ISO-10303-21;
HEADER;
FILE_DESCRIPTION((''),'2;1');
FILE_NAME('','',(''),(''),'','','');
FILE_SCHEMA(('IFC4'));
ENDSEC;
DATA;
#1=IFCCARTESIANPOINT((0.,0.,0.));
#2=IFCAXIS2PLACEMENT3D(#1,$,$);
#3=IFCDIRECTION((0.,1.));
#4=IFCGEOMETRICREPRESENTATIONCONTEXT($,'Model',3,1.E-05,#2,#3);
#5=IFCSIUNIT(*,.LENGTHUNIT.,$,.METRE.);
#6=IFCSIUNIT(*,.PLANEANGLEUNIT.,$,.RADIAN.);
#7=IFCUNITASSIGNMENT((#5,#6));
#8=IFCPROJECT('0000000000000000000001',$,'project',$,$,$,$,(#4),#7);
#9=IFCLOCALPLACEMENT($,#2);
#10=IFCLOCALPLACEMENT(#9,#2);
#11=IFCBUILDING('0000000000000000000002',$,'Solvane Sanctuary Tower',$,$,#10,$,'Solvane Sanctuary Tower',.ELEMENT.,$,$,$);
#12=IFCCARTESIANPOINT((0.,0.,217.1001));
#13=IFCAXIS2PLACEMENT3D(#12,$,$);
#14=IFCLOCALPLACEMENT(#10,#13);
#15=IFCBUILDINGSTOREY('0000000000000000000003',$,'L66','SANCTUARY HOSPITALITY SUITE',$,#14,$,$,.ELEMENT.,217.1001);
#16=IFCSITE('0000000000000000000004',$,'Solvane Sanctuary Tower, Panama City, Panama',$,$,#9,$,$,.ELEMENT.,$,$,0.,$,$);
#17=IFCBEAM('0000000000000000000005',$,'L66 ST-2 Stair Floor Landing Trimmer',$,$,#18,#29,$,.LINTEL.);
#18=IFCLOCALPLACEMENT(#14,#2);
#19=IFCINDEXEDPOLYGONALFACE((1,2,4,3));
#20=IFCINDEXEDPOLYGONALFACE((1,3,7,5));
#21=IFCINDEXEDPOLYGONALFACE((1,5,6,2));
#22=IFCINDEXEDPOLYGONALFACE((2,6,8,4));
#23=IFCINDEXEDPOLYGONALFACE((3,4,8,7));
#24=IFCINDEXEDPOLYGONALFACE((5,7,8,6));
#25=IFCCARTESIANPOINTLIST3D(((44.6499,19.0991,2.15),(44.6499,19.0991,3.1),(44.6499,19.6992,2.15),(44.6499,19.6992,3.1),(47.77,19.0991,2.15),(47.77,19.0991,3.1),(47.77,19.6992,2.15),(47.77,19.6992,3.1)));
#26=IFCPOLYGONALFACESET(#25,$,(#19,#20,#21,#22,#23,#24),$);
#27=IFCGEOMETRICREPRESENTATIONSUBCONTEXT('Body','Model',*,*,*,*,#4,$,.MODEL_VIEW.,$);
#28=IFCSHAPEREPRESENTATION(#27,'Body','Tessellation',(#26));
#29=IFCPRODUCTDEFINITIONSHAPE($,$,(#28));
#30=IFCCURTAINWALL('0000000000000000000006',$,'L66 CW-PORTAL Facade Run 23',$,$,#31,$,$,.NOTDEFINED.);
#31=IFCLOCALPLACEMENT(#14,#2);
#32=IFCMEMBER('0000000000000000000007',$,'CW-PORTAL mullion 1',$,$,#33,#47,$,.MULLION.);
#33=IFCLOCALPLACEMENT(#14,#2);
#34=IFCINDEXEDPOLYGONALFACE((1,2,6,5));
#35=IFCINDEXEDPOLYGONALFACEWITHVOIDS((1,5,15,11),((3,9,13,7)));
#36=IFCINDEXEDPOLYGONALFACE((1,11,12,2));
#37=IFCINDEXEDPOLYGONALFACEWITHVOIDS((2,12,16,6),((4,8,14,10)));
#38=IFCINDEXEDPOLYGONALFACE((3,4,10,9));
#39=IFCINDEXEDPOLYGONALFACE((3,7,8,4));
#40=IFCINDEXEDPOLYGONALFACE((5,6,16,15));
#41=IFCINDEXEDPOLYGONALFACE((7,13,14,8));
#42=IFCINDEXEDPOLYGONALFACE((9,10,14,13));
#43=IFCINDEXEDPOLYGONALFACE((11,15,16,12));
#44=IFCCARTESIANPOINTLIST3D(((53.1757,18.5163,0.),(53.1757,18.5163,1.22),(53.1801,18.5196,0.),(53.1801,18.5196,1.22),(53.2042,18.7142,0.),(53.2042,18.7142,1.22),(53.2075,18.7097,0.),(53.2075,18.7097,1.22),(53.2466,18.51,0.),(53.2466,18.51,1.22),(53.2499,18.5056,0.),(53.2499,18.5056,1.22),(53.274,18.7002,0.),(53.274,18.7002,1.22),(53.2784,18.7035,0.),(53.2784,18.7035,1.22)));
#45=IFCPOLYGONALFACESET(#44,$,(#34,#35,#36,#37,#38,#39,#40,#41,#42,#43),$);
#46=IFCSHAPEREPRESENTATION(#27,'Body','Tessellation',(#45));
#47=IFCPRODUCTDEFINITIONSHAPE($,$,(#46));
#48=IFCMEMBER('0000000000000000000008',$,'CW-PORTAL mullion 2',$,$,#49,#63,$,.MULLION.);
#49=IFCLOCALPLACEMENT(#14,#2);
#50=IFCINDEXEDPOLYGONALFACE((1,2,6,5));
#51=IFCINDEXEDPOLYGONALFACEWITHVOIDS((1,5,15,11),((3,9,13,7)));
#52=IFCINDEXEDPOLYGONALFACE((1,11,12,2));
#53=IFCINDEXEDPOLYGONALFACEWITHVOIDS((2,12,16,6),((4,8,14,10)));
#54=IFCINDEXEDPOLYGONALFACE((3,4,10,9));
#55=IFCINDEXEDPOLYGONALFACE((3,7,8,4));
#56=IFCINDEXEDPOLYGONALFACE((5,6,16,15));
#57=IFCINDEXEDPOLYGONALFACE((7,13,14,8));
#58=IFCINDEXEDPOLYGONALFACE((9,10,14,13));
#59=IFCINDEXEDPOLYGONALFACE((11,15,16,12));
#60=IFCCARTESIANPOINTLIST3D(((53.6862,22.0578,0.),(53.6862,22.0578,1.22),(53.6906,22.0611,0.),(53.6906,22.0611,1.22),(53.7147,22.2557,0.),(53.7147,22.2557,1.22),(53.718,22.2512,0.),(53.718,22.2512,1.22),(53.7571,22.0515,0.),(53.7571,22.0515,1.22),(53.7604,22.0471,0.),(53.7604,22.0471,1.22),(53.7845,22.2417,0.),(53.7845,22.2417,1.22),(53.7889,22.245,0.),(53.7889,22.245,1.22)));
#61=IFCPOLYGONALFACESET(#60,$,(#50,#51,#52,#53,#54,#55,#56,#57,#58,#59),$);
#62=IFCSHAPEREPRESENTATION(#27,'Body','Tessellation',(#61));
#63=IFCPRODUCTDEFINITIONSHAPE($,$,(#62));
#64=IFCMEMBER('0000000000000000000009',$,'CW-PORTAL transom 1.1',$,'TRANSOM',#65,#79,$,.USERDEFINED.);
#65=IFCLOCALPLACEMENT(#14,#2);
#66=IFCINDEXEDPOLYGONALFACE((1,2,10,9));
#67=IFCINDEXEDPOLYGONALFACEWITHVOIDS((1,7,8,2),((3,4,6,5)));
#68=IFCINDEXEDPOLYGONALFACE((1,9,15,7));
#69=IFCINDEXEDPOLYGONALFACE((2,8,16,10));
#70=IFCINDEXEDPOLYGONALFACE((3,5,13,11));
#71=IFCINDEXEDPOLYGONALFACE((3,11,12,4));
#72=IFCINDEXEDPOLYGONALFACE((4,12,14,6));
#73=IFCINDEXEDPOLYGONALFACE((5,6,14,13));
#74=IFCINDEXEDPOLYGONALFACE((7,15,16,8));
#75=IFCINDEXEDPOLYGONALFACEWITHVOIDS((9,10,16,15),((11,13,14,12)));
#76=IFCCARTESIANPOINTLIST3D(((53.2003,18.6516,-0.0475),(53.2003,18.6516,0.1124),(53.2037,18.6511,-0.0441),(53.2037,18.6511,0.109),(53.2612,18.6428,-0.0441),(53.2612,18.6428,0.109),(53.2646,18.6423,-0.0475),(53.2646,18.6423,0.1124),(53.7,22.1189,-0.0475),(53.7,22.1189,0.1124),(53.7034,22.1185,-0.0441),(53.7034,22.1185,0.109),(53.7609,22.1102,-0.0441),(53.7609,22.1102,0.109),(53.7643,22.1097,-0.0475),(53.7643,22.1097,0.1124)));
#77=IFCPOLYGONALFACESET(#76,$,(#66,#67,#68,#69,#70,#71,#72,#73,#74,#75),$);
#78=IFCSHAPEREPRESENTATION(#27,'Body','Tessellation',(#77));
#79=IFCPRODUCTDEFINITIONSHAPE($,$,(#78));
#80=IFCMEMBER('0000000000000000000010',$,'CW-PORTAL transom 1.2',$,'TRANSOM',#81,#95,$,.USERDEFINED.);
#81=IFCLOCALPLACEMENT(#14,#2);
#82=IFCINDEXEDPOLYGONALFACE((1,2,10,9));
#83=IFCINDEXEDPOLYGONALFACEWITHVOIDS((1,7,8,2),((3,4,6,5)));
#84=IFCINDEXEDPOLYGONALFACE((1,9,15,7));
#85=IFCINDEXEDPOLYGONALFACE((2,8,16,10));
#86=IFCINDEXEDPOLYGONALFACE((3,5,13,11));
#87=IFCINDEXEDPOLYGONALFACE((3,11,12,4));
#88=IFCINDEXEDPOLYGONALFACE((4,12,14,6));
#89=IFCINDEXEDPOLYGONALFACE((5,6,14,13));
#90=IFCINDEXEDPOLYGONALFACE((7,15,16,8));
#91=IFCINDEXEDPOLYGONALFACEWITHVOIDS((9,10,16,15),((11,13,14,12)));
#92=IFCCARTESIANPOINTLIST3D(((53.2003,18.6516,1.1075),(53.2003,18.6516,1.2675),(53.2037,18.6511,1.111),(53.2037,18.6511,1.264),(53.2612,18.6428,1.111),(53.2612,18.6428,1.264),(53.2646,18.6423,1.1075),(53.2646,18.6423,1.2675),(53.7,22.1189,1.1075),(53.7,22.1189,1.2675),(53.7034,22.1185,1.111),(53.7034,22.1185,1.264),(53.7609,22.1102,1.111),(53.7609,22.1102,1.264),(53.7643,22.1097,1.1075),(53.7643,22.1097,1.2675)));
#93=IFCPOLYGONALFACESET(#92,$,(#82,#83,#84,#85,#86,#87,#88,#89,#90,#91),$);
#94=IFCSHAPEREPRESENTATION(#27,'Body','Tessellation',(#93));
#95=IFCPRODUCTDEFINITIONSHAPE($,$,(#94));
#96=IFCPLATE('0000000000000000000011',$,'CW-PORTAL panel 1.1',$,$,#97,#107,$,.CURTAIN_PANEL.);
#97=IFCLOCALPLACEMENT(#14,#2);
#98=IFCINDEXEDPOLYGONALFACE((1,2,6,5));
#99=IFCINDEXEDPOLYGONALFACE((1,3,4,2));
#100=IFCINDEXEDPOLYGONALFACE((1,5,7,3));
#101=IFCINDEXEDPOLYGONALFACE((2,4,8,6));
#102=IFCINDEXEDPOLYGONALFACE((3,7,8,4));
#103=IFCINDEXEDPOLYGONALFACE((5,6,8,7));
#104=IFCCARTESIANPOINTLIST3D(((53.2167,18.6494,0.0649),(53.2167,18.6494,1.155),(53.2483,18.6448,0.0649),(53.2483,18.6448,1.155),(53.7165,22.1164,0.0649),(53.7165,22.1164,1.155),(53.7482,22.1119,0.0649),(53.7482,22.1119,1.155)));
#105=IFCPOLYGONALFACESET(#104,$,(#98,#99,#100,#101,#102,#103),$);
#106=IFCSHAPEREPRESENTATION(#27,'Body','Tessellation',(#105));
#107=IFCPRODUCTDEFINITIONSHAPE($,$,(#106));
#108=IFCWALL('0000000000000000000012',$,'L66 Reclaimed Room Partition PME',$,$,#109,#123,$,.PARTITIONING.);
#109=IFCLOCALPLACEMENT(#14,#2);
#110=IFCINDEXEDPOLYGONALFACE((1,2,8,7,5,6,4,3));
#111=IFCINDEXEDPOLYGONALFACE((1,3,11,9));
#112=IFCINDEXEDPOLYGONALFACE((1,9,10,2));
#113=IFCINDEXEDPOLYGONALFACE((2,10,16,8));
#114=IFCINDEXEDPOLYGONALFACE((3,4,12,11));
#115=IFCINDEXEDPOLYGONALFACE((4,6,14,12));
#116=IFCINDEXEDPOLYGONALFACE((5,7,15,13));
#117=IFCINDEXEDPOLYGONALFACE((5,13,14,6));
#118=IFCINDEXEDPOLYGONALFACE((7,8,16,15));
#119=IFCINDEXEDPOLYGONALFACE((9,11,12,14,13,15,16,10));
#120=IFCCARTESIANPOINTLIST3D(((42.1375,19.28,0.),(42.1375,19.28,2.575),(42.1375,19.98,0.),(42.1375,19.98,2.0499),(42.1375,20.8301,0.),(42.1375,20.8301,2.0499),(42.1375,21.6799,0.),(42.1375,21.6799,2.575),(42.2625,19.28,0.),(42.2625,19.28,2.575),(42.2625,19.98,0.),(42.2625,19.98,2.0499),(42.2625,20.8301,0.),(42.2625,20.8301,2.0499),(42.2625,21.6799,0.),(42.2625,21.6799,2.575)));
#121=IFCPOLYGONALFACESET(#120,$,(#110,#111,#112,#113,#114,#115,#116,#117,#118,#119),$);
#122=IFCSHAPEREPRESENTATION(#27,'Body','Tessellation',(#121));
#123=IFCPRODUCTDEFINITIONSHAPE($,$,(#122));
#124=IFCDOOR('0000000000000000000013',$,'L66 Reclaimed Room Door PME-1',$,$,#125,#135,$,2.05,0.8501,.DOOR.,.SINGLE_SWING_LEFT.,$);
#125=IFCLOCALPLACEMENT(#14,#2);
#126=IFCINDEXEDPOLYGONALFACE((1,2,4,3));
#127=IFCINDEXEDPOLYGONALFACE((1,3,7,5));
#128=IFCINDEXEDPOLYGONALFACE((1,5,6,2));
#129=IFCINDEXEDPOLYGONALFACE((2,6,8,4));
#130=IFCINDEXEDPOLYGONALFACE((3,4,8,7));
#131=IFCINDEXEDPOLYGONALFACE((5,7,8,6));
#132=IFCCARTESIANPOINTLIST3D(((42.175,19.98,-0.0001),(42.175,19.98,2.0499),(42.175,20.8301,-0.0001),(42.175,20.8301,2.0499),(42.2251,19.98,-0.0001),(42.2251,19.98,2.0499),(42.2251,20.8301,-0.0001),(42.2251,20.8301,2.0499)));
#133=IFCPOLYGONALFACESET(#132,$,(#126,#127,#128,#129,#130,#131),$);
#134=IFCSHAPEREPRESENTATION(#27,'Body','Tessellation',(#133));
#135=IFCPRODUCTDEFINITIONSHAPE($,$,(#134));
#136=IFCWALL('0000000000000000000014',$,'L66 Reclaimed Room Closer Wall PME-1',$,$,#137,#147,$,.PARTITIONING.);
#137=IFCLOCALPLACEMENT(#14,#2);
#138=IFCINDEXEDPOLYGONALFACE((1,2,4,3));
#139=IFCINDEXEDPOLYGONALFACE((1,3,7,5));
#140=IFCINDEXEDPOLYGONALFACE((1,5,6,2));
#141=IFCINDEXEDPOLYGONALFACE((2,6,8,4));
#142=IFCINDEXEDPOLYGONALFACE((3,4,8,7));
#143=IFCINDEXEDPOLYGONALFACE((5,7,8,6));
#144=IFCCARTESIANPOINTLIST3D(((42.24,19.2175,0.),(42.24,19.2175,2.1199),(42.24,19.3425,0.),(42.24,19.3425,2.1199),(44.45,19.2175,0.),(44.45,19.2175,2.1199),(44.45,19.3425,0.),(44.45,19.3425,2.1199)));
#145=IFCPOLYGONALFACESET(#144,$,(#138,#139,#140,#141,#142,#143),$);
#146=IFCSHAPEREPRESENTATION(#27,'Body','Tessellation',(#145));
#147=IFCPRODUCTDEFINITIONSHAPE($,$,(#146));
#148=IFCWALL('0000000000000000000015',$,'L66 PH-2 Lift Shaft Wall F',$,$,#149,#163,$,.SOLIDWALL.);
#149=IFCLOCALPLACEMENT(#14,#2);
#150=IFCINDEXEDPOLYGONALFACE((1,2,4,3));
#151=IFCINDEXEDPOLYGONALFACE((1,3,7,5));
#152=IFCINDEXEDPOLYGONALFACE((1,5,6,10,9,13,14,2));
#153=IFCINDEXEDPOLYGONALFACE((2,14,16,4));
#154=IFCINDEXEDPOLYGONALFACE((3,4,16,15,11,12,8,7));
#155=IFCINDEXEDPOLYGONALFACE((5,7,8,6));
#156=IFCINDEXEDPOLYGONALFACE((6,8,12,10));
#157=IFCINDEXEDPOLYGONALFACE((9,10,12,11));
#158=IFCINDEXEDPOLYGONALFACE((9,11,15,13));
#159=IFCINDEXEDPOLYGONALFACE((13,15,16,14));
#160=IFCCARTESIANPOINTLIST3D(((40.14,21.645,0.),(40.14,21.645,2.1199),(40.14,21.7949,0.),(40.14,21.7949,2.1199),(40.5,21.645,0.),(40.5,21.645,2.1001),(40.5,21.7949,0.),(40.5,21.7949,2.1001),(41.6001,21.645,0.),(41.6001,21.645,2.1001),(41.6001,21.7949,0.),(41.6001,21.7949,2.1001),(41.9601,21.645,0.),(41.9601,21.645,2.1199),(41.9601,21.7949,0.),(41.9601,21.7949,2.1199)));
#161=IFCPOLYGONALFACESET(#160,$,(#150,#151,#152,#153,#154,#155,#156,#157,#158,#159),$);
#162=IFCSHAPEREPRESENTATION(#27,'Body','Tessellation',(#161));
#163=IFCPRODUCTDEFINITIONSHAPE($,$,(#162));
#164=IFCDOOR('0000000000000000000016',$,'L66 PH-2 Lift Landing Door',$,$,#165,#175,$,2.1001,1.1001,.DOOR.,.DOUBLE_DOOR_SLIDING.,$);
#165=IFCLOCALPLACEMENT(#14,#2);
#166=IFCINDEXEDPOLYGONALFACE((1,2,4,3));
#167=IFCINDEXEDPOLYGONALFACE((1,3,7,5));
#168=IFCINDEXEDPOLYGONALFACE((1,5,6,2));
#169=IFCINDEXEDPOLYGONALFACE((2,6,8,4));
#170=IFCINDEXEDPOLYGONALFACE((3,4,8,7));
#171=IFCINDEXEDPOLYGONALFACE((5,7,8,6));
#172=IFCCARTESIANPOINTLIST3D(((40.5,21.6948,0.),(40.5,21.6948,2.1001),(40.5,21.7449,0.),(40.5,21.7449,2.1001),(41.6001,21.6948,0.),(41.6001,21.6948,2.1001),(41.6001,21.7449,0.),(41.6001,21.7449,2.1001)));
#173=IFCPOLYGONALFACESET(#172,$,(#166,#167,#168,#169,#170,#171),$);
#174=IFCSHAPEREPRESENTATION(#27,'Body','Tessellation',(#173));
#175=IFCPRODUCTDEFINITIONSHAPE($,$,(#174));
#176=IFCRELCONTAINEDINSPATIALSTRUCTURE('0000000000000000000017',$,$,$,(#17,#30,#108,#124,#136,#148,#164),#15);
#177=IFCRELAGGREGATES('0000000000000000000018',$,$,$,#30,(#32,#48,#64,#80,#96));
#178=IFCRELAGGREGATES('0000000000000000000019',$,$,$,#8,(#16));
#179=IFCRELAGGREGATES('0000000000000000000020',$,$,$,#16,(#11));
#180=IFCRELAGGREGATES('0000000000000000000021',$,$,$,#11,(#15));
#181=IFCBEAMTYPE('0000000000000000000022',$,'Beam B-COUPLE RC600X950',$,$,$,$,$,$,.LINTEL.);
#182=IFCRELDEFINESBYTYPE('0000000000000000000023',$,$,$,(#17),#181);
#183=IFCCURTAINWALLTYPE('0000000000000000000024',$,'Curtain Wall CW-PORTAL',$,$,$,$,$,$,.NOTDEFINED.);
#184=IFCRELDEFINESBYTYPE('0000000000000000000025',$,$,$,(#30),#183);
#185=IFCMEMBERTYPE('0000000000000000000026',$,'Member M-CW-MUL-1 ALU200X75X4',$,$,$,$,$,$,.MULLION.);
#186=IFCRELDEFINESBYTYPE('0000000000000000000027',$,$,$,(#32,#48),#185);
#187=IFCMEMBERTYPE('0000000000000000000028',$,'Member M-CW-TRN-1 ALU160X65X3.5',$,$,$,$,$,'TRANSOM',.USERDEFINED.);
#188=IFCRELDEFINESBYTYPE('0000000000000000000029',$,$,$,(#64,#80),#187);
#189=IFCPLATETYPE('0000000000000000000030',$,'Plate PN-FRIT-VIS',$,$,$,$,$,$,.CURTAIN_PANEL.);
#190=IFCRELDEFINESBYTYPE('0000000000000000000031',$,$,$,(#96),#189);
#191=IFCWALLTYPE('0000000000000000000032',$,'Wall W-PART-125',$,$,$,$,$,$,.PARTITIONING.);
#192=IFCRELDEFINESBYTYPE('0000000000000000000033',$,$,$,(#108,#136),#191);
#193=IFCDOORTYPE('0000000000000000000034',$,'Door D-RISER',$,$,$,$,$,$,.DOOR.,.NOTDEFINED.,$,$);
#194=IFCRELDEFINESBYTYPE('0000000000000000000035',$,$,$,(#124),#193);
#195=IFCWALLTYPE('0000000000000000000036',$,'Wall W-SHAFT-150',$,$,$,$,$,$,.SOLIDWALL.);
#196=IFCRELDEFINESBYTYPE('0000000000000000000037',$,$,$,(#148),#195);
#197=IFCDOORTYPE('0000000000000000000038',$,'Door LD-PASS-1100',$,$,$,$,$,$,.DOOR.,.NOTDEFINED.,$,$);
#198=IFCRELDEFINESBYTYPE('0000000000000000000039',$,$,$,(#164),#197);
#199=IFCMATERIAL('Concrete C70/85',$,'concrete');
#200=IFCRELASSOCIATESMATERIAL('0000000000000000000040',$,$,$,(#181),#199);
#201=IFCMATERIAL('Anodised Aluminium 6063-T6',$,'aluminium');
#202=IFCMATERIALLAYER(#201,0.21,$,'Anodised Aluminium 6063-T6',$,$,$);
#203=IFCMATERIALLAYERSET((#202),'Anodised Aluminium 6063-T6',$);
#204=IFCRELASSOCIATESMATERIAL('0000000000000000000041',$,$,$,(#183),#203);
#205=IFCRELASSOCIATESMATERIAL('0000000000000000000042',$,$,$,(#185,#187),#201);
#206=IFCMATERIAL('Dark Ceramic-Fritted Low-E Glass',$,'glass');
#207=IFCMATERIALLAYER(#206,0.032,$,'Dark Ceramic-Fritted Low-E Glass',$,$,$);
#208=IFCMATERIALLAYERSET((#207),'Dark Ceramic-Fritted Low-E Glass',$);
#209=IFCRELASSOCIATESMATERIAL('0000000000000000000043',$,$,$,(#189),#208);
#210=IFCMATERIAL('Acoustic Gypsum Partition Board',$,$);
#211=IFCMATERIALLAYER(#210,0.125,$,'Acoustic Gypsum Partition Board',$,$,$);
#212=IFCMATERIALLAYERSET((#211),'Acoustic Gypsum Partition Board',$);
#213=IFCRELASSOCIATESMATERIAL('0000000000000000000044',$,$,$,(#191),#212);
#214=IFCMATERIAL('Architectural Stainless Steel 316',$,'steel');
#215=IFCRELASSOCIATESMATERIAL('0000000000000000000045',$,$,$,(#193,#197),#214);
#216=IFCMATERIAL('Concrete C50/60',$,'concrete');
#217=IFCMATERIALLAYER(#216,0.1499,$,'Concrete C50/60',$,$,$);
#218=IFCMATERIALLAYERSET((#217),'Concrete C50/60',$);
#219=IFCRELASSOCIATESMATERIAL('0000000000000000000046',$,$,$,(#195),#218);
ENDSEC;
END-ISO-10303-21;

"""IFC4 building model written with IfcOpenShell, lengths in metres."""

from ifc_helpers import new_model, si_unit, direction, frame, frame_2d, origin, origin_2d, place, context, subcontext, project, spatial, rectangle, hollow_rectangle, extrude, material, layer, layer_set, material_profile, profile_set, type_object, element, fill, aggregate, save


model = new_model("IFC4")

# Units and contexts
model_context = context("Model", 3, precision=1e-05, world=origin(), true_north=direction((0.0, 1.0)))
body_context = subcontext(model_context, "Body", "Model", "MODEL_VIEW")
ifc_project = project(units=[si_unit("LENGTHUNIT", "METRE"), si_unit("PLANEANGLEUNIT", "RADIAN")], contexts=[model_context])

# Site, building, storey
site_placement = place(None, origin())
site = spatial("IfcSite", under=ifc_project, at=site_placement, Name="Solvane Sanctuary Tower, Panama City, Panama", CompositionType="ELEMENT", RefElevation=0.0)
building_placement = place(site_placement, origin())
building = spatial("IfcBuilding", under=site, at=building_placement, Name="Solvane Sanctuary Tower", LongName="Solvane Sanctuary Tower", CompositionType="ELEMENT")
storey_placement = place(building_placement, frame((0.0, 0.0, 217.1001)))
storey = spatial("IfcBuildingStorey", under=building, at=storey_placement, Name="L66", Description="SANCTUARY HOSPITALITY SUITE", CompositionType="ELEMENT", Elevation=217.1001)

# Beam
ifc_material_1 = material(Name="Concrete C70/85", Category="concrete")
ifc_material_profile_1 = material_profile(ifc_material_1, rectangle(XDim=0.6001, YDim=0.95, at=origin_2d()), Name="RC600X950")
ifc_profile_set_1 = profile_set([ifc_material_profile_1], Name="Concrete C70/85")
beam_type = type_object("IfcBeamType", Name="Beam B-COUPLE RC600X950", PredefinedType="LINTEL", material=ifc_profile_set_1)
beam_placement = place(storey_placement, frame((44.6499, 19.3992, 2.625), z_axis=(1.0, 0.0, 0.0), x_axis=(0.0, 1.0, 0.0)))
element("IfcBeam", 1, at=beam_placement, inside=storey, type_object=beam_type, Name="L66 ST-2 Stair Floor Landing Trimmer", PredefinedType="LINTEL", context=body_context, shape_type="SweptSolid", body=[
    extrude(rectangle(XDim=0.6001, YDim=0.95, at=origin_2d()), origin(), (0.0, 0.0, 1.0), 3.1201),
])

# Curtain wall, members, plate
ifc_material_2 = material(Name="Anodised Aluminium 6063-T6", Category="aluminium")
ifc_layer_1 = layer(ifc_material_2, 0.21, Name="Anodised Aluminium 6063-T6")
ifc_layer_set_1 = layer_set([ifc_layer_1], Name="Anodised Aluminium 6063-T6")
curtain_wall_type = type_object("IfcCurtainWallType", Name="Curtain Wall CW-PORTAL", PredefinedType="NOTDEFINED", material=ifc_layer_set_1)
curtain_wall_placement = place(storey_placement, origin())
curtain_wall = element("IfcCurtainWall", 2, at=curtain_wall_placement, inside=storey, type_object=curtain_wall_type, Name="L66 CW-PORTAL Facade Run 23", PredefinedType="NOTDEFINED")
ifc_material_profile_2 = material_profile(ifc_material_2, hollow_rectangle(XDim=0.075, YDim=0.2, WallThickness=0.0039, at=origin_2d()), Name="ALU200X75X4")
ifc_profile_set_2 = profile_set([ifc_material_profile_2], Name="Anodised Aluminium 6063-T6")
member_type_1 = type_object("IfcMemberType", Name="Member M-CW-MUL-1 ALU200X75X4", PredefinedType="MULLION", material=ifc_profile_set_2)
member_1_placement = place(storey_placement, frame((53.2271, 18.6099, 0.0), z_axis=(0.0, 0.0, 1.0), x_axis=(-0.989765, 0.142705, 0.0)))
member_1 = element("IfcMember", 3, at=member_1_placement, type_object=member_type_1, Name="CW-PORTAL mullion 1", PredefinedType="MULLION", context=body_context, shape_type="SweptSolid", body=[
    extrude(hollow_rectangle(XDim=0.075, YDim=0.2, WallThickness=0.0039, at=origin_2d()), origin(), (0.0, 0.0, 1.0), 1.22),
])
member_2_placement = place(storey_placement, frame((53.7375, 22.1514, 0.0), z_axis=(0.0, 0.0, 1.0), x_axis=(-0.989765, 0.142705, 0.0)))
member_2 = element("IfcMember", 4, at=member_2_placement, type_object=member_type_1, Name="CW-PORTAL mullion 2", PredefinedType="MULLION", context=body_context, shape_type="SweptSolid", body=[
    extrude(hollow_rectangle(XDim=0.075, YDim=0.2, WallThickness=0.0039, at=origin_2d()), origin(), (0.0, 0.0, 1.0), 1.22),
])
ifc_material_profile_3 = material_profile(ifc_material_2, hollow_rectangle(XDim=0.0649, YDim=0.1599, WallThickness=0.0034, at=origin_2d()), Name="ALU160X65X3.5")
ifc_profile_set_3 = profile_set([ifc_material_profile_3], Name="Anodised Aluminium 6063-T6")
member_type_2 = type_object("IfcMemberType", Name="Member M-CW-TRN-1 ALU160X65X3.5", ElementType="TRANSOM", PredefinedType="USERDEFINED", material=ifc_profile_set_3)
member_3_placement = place(storey_placement, frame((53.2324, 18.647, 0.0325), z_axis=(0.14266, 0.989772, 0.0), x_axis=(-0.989772, 0.14266, 0.0)))
member_3 = element("IfcMember", 5, at=member_3_placement, type_object=member_type_2, Name="CW-PORTAL transom 1.1", ObjectType="TRANSOM", PredefinedType="USERDEFINED", context=body_context, shape_type="SweptSolid", body=[
    extrude(hollow_rectangle(XDim=0.0649, YDim=0.1599, WallThickness=0.0034, at=origin_2d()), origin(), (0.0, 0.0, 1.0), 3.5032),
])
member_4_placement = place(storey_placement, frame((53.2324, 18.647, 1.1875), z_axis=(0.14266, 0.989772, 0.0), x_axis=(-0.989772, 0.14266, 0.0)))
member_4 = element("IfcMember", 6, at=member_4_placement, type_object=member_type_2, Name="CW-PORTAL transom 1.2", ObjectType="TRANSOM", PredefinedType="USERDEFINED", context=body_context, shape_type="SweptSolid", body=[
    extrude(hollow_rectangle(XDim=0.0649, YDim=0.1599, WallThickness=0.0034, at=origin_2d()), origin(), (0.0, 0.0, 1.0), 3.5032),
])
ifc_material_3 = material(Name="Dark Ceramic-Fritted Low-E Glass", Category="glass")
ifc_layer_2 = layer(ifc_material_3, 0.032, Name="Dark Ceramic-Fritted Low-E Glass")
ifc_layer_set_2 = layer_set([ifc_layer_2], Name="Dark Ceramic-Fritted Low-E Glass")
plate_type = type_object("IfcPlateType", Name="Plate PN-FRIT-VIS", PredefinedType="CURTAIN_PANEL", material=ifc_layer_set_2)
plate_placement = place(storey_placement, frame((53.4824, 20.3806, 0.0649), z_axis=(0.0, 0.0, 1.0), x_axis=(0.142705, 0.989765, 0.0)))
plate = element("IfcPlate", 7, at=plate_placement, type_object=plate_type, Name="CW-PORTAL panel 1.1", PredefinedType="CURTAIN_PANEL", context=body_context, shape_type="SweptSolid", body=[
    extrude(rectangle(XDim=3.5029, YDim=0.032, at=origin_2d()), origin(), (0.0, 0.0, 1.0), 1.0901),
])
aggregate(curtain_wall, [member_1, member_2, member_3, member_4, plate])

# Wall, opening, door
ifc_material_4 = material(Name="Acoustic Gypsum Partition Board")
ifc_layer_3 = layer(ifc_material_4, 0.125, Name="Acoustic Gypsum Partition Board")
ifc_layer_set_3 = layer_set([ifc_layer_3], Name="Acoustic Gypsum Partition Board")
wall_type_1 = type_object("IfcWallType", Name="Wall W-PART-125", PredefinedType="PARTITIONING", material=ifc_layer_set_3)
wall_1_placement = place(storey_placement, frame((42.2, 19.28, 0.0), z_axis=(0.0, 0.0, 1.0), x_axis=(0.0, 1.0, 0.0)))
wall_1 = element("IfcWall", 8, at=wall_1_placement, inside=storey, type_object=wall_type_1, Name="L66 Reclaimed Room Partition PME", PredefinedType="PARTITIONING", context=body_context, shape_type="SweptSolid", body=[
    extrude(rectangle(XDim=2.3999, YDim=0.125, at=frame_2d((1.2, 0.0))), origin(), (0.0, 0.0, 1.0), 2.575),
])
opening_1_placement = place(wall_1_placement, frame((0.7, 0.0, 0.0)))
opening_1 = element("IfcOpeningElement", 9, at=opening_1_placement, cuts=wall_1, PredefinedType="OPENING", context=body_context, shape_type="SweptSolid", body=[
    extrude(rectangle(XDim=0.8501, YDim=2.05, at=frame_2d((0.425, 1.0249))), frame((0.0, 0.0725, 0.0), z_axis=(0.0, -1.0, 0.0), x_axis=(1.0, 0.0, 0.0)), (0.0, 0.0, 1.0), 0.145),
])
ifc_material_5 = material(Name="Architectural Stainless Steel 316", Category="steel")
door_type_1 = type_object("IfcDoorType", Name="Door D-RISER", OperationType="NOTDEFINED", PredefinedType="DOOR", material=ifc_material_5)
door_1_placement = place(opening_1_placement, origin())
door_1 = element("IfcDoor", 10, at=door_1_placement, inside=storey, type_object=door_type_1, Name="L66 Reclaimed Room Door PME-1", OperationType="SINGLE_SWING_LEFT", OverallHeight=2.05, OverallWidth=0.8501, PredefinedType="DOOR", context=body_context, shape_type="SweptSolid", body=[
    extrude(rectangle(XDim=0.8501, YDim=2.05, at=frame_2d((0.425, 1.0249))), frame((0.0, 0.0249, 0.0), z_axis=(0.0, -1.0, 0.0), x_axis=(1.0, 0.0, 0.0)), (0.0, 0.0, 1.0), 0.05),
])
fill(opening_1, door_1)

# Wall
wall_2_placement = place(storey_placement, frame((42.24, 19.28, 0.0), z_axis=(0.0, 0.0, 1.0), x_axis=(1.0, 0.0, 0.0)))
element("IfcWall", 11, at=wall_2_placement, inside=storey, type_object=wall_type_1, Name="L66 Reclaimed Room Closer Wall PME-1", PredefinedType="PARTITIONING", context=body_context, shape_type="SweptSolid", body=[
    extrude(rectangle(XDim=2.21, YDim=0.125, at=frame_2d((1.105, 0.0))), origin(), (0.0, 0.0, 1.0), 2.1199),
])

# Wall, opening, door
ifc_material_6 = material(Name="Concrete C50/60", Category="concrete")
ifc_layer_4 = layer(ifc_material_6, 0.1499, Name="Concrete C50/60")
ifc_layer_set_4 = layer_set([ifc_layer_4], Name="Concrete C50/60")
wall_type_2 = type_object("IfcWallType", Name="Wall W-SHAFT-150", PredefinedType="SOLIDWALL", material=ifc_layer_set_4)
wall_3_placement = place(storey_placement, frame((40.1399, 21.72, 0.0), z_axis=(0.0, 0.0, 1.0), x_axis=(1.0, 0.0, 0.0)))
wall_3 = element("IfcWall", 12, at=wall_3_placement, inside=storey, type_object=wall_type_2, Name="L66 PH-2 Lift Shaft Wall F", PredefinedType="SOLIDWALL", context=body_context, shape_type="SweptSolid", body=[
    extrude(rectangle(XDim=1.8201, YDim=0.1499, at=frame_2d((0.9102, 0.0))), origin(), (0.0, 0.0, 1.0), 2.1199),
])
opening_2_placement = place(wall_3_placement, frame((0.3601, 0.0, 0.0)))
opening_2 = element("IfcOpeningElement", 13, at=opening_2_placement, cuts=wall_3, PredefinedType="OPENING", context=body_context, shape_type="SweptSolid", body=[
    extrude(rectangle(XDim=1.1001, YDim=2.1001, at=frame_2d((0.55, 1.05))), frame((0.0, 0.085, 0.0), z_axis=(0.0, -1.0, 0.0), x_axis=(1.0, 0.0, 0.0)), (0.0, 0.0, 1.0), 0.1699),
])
door_type_2 = type_object("IfcDoorType", Name="Door LD-PASS-1100", OperationType="NOTDEFINED", PredefinedType="DOOR", material=ifc_material_5)
door_2_placement = place(opening_2_placement, origin())
door_2 = element("IfcDoor", 14, at=door_2_placement, inside=storey, type_object=door_type_2, Name="L66 PH-2 Lift Landing Door", OperationType="DOUBLE_DOOR_SLIDING", OverallHeight=2.1001, OverallWidth=1.1001, PredefinedType="DOOR", context=body_context, shape_type="SweptSolid", body=[
    extrude(rectangle(XDim=1.1001, YDim=2.1001, at=frame_2d((0.55, 1.05))), frame((0.0, 0.0249, 0.0), z_axis=(0.0, -1.0, 0.0), x_axis=(1.0, 0.0, 0.0)), (0.0, 0.0, 1.0), 0.05),
])
fill(opening_2, door_2)

save(model, "model.ifc")
